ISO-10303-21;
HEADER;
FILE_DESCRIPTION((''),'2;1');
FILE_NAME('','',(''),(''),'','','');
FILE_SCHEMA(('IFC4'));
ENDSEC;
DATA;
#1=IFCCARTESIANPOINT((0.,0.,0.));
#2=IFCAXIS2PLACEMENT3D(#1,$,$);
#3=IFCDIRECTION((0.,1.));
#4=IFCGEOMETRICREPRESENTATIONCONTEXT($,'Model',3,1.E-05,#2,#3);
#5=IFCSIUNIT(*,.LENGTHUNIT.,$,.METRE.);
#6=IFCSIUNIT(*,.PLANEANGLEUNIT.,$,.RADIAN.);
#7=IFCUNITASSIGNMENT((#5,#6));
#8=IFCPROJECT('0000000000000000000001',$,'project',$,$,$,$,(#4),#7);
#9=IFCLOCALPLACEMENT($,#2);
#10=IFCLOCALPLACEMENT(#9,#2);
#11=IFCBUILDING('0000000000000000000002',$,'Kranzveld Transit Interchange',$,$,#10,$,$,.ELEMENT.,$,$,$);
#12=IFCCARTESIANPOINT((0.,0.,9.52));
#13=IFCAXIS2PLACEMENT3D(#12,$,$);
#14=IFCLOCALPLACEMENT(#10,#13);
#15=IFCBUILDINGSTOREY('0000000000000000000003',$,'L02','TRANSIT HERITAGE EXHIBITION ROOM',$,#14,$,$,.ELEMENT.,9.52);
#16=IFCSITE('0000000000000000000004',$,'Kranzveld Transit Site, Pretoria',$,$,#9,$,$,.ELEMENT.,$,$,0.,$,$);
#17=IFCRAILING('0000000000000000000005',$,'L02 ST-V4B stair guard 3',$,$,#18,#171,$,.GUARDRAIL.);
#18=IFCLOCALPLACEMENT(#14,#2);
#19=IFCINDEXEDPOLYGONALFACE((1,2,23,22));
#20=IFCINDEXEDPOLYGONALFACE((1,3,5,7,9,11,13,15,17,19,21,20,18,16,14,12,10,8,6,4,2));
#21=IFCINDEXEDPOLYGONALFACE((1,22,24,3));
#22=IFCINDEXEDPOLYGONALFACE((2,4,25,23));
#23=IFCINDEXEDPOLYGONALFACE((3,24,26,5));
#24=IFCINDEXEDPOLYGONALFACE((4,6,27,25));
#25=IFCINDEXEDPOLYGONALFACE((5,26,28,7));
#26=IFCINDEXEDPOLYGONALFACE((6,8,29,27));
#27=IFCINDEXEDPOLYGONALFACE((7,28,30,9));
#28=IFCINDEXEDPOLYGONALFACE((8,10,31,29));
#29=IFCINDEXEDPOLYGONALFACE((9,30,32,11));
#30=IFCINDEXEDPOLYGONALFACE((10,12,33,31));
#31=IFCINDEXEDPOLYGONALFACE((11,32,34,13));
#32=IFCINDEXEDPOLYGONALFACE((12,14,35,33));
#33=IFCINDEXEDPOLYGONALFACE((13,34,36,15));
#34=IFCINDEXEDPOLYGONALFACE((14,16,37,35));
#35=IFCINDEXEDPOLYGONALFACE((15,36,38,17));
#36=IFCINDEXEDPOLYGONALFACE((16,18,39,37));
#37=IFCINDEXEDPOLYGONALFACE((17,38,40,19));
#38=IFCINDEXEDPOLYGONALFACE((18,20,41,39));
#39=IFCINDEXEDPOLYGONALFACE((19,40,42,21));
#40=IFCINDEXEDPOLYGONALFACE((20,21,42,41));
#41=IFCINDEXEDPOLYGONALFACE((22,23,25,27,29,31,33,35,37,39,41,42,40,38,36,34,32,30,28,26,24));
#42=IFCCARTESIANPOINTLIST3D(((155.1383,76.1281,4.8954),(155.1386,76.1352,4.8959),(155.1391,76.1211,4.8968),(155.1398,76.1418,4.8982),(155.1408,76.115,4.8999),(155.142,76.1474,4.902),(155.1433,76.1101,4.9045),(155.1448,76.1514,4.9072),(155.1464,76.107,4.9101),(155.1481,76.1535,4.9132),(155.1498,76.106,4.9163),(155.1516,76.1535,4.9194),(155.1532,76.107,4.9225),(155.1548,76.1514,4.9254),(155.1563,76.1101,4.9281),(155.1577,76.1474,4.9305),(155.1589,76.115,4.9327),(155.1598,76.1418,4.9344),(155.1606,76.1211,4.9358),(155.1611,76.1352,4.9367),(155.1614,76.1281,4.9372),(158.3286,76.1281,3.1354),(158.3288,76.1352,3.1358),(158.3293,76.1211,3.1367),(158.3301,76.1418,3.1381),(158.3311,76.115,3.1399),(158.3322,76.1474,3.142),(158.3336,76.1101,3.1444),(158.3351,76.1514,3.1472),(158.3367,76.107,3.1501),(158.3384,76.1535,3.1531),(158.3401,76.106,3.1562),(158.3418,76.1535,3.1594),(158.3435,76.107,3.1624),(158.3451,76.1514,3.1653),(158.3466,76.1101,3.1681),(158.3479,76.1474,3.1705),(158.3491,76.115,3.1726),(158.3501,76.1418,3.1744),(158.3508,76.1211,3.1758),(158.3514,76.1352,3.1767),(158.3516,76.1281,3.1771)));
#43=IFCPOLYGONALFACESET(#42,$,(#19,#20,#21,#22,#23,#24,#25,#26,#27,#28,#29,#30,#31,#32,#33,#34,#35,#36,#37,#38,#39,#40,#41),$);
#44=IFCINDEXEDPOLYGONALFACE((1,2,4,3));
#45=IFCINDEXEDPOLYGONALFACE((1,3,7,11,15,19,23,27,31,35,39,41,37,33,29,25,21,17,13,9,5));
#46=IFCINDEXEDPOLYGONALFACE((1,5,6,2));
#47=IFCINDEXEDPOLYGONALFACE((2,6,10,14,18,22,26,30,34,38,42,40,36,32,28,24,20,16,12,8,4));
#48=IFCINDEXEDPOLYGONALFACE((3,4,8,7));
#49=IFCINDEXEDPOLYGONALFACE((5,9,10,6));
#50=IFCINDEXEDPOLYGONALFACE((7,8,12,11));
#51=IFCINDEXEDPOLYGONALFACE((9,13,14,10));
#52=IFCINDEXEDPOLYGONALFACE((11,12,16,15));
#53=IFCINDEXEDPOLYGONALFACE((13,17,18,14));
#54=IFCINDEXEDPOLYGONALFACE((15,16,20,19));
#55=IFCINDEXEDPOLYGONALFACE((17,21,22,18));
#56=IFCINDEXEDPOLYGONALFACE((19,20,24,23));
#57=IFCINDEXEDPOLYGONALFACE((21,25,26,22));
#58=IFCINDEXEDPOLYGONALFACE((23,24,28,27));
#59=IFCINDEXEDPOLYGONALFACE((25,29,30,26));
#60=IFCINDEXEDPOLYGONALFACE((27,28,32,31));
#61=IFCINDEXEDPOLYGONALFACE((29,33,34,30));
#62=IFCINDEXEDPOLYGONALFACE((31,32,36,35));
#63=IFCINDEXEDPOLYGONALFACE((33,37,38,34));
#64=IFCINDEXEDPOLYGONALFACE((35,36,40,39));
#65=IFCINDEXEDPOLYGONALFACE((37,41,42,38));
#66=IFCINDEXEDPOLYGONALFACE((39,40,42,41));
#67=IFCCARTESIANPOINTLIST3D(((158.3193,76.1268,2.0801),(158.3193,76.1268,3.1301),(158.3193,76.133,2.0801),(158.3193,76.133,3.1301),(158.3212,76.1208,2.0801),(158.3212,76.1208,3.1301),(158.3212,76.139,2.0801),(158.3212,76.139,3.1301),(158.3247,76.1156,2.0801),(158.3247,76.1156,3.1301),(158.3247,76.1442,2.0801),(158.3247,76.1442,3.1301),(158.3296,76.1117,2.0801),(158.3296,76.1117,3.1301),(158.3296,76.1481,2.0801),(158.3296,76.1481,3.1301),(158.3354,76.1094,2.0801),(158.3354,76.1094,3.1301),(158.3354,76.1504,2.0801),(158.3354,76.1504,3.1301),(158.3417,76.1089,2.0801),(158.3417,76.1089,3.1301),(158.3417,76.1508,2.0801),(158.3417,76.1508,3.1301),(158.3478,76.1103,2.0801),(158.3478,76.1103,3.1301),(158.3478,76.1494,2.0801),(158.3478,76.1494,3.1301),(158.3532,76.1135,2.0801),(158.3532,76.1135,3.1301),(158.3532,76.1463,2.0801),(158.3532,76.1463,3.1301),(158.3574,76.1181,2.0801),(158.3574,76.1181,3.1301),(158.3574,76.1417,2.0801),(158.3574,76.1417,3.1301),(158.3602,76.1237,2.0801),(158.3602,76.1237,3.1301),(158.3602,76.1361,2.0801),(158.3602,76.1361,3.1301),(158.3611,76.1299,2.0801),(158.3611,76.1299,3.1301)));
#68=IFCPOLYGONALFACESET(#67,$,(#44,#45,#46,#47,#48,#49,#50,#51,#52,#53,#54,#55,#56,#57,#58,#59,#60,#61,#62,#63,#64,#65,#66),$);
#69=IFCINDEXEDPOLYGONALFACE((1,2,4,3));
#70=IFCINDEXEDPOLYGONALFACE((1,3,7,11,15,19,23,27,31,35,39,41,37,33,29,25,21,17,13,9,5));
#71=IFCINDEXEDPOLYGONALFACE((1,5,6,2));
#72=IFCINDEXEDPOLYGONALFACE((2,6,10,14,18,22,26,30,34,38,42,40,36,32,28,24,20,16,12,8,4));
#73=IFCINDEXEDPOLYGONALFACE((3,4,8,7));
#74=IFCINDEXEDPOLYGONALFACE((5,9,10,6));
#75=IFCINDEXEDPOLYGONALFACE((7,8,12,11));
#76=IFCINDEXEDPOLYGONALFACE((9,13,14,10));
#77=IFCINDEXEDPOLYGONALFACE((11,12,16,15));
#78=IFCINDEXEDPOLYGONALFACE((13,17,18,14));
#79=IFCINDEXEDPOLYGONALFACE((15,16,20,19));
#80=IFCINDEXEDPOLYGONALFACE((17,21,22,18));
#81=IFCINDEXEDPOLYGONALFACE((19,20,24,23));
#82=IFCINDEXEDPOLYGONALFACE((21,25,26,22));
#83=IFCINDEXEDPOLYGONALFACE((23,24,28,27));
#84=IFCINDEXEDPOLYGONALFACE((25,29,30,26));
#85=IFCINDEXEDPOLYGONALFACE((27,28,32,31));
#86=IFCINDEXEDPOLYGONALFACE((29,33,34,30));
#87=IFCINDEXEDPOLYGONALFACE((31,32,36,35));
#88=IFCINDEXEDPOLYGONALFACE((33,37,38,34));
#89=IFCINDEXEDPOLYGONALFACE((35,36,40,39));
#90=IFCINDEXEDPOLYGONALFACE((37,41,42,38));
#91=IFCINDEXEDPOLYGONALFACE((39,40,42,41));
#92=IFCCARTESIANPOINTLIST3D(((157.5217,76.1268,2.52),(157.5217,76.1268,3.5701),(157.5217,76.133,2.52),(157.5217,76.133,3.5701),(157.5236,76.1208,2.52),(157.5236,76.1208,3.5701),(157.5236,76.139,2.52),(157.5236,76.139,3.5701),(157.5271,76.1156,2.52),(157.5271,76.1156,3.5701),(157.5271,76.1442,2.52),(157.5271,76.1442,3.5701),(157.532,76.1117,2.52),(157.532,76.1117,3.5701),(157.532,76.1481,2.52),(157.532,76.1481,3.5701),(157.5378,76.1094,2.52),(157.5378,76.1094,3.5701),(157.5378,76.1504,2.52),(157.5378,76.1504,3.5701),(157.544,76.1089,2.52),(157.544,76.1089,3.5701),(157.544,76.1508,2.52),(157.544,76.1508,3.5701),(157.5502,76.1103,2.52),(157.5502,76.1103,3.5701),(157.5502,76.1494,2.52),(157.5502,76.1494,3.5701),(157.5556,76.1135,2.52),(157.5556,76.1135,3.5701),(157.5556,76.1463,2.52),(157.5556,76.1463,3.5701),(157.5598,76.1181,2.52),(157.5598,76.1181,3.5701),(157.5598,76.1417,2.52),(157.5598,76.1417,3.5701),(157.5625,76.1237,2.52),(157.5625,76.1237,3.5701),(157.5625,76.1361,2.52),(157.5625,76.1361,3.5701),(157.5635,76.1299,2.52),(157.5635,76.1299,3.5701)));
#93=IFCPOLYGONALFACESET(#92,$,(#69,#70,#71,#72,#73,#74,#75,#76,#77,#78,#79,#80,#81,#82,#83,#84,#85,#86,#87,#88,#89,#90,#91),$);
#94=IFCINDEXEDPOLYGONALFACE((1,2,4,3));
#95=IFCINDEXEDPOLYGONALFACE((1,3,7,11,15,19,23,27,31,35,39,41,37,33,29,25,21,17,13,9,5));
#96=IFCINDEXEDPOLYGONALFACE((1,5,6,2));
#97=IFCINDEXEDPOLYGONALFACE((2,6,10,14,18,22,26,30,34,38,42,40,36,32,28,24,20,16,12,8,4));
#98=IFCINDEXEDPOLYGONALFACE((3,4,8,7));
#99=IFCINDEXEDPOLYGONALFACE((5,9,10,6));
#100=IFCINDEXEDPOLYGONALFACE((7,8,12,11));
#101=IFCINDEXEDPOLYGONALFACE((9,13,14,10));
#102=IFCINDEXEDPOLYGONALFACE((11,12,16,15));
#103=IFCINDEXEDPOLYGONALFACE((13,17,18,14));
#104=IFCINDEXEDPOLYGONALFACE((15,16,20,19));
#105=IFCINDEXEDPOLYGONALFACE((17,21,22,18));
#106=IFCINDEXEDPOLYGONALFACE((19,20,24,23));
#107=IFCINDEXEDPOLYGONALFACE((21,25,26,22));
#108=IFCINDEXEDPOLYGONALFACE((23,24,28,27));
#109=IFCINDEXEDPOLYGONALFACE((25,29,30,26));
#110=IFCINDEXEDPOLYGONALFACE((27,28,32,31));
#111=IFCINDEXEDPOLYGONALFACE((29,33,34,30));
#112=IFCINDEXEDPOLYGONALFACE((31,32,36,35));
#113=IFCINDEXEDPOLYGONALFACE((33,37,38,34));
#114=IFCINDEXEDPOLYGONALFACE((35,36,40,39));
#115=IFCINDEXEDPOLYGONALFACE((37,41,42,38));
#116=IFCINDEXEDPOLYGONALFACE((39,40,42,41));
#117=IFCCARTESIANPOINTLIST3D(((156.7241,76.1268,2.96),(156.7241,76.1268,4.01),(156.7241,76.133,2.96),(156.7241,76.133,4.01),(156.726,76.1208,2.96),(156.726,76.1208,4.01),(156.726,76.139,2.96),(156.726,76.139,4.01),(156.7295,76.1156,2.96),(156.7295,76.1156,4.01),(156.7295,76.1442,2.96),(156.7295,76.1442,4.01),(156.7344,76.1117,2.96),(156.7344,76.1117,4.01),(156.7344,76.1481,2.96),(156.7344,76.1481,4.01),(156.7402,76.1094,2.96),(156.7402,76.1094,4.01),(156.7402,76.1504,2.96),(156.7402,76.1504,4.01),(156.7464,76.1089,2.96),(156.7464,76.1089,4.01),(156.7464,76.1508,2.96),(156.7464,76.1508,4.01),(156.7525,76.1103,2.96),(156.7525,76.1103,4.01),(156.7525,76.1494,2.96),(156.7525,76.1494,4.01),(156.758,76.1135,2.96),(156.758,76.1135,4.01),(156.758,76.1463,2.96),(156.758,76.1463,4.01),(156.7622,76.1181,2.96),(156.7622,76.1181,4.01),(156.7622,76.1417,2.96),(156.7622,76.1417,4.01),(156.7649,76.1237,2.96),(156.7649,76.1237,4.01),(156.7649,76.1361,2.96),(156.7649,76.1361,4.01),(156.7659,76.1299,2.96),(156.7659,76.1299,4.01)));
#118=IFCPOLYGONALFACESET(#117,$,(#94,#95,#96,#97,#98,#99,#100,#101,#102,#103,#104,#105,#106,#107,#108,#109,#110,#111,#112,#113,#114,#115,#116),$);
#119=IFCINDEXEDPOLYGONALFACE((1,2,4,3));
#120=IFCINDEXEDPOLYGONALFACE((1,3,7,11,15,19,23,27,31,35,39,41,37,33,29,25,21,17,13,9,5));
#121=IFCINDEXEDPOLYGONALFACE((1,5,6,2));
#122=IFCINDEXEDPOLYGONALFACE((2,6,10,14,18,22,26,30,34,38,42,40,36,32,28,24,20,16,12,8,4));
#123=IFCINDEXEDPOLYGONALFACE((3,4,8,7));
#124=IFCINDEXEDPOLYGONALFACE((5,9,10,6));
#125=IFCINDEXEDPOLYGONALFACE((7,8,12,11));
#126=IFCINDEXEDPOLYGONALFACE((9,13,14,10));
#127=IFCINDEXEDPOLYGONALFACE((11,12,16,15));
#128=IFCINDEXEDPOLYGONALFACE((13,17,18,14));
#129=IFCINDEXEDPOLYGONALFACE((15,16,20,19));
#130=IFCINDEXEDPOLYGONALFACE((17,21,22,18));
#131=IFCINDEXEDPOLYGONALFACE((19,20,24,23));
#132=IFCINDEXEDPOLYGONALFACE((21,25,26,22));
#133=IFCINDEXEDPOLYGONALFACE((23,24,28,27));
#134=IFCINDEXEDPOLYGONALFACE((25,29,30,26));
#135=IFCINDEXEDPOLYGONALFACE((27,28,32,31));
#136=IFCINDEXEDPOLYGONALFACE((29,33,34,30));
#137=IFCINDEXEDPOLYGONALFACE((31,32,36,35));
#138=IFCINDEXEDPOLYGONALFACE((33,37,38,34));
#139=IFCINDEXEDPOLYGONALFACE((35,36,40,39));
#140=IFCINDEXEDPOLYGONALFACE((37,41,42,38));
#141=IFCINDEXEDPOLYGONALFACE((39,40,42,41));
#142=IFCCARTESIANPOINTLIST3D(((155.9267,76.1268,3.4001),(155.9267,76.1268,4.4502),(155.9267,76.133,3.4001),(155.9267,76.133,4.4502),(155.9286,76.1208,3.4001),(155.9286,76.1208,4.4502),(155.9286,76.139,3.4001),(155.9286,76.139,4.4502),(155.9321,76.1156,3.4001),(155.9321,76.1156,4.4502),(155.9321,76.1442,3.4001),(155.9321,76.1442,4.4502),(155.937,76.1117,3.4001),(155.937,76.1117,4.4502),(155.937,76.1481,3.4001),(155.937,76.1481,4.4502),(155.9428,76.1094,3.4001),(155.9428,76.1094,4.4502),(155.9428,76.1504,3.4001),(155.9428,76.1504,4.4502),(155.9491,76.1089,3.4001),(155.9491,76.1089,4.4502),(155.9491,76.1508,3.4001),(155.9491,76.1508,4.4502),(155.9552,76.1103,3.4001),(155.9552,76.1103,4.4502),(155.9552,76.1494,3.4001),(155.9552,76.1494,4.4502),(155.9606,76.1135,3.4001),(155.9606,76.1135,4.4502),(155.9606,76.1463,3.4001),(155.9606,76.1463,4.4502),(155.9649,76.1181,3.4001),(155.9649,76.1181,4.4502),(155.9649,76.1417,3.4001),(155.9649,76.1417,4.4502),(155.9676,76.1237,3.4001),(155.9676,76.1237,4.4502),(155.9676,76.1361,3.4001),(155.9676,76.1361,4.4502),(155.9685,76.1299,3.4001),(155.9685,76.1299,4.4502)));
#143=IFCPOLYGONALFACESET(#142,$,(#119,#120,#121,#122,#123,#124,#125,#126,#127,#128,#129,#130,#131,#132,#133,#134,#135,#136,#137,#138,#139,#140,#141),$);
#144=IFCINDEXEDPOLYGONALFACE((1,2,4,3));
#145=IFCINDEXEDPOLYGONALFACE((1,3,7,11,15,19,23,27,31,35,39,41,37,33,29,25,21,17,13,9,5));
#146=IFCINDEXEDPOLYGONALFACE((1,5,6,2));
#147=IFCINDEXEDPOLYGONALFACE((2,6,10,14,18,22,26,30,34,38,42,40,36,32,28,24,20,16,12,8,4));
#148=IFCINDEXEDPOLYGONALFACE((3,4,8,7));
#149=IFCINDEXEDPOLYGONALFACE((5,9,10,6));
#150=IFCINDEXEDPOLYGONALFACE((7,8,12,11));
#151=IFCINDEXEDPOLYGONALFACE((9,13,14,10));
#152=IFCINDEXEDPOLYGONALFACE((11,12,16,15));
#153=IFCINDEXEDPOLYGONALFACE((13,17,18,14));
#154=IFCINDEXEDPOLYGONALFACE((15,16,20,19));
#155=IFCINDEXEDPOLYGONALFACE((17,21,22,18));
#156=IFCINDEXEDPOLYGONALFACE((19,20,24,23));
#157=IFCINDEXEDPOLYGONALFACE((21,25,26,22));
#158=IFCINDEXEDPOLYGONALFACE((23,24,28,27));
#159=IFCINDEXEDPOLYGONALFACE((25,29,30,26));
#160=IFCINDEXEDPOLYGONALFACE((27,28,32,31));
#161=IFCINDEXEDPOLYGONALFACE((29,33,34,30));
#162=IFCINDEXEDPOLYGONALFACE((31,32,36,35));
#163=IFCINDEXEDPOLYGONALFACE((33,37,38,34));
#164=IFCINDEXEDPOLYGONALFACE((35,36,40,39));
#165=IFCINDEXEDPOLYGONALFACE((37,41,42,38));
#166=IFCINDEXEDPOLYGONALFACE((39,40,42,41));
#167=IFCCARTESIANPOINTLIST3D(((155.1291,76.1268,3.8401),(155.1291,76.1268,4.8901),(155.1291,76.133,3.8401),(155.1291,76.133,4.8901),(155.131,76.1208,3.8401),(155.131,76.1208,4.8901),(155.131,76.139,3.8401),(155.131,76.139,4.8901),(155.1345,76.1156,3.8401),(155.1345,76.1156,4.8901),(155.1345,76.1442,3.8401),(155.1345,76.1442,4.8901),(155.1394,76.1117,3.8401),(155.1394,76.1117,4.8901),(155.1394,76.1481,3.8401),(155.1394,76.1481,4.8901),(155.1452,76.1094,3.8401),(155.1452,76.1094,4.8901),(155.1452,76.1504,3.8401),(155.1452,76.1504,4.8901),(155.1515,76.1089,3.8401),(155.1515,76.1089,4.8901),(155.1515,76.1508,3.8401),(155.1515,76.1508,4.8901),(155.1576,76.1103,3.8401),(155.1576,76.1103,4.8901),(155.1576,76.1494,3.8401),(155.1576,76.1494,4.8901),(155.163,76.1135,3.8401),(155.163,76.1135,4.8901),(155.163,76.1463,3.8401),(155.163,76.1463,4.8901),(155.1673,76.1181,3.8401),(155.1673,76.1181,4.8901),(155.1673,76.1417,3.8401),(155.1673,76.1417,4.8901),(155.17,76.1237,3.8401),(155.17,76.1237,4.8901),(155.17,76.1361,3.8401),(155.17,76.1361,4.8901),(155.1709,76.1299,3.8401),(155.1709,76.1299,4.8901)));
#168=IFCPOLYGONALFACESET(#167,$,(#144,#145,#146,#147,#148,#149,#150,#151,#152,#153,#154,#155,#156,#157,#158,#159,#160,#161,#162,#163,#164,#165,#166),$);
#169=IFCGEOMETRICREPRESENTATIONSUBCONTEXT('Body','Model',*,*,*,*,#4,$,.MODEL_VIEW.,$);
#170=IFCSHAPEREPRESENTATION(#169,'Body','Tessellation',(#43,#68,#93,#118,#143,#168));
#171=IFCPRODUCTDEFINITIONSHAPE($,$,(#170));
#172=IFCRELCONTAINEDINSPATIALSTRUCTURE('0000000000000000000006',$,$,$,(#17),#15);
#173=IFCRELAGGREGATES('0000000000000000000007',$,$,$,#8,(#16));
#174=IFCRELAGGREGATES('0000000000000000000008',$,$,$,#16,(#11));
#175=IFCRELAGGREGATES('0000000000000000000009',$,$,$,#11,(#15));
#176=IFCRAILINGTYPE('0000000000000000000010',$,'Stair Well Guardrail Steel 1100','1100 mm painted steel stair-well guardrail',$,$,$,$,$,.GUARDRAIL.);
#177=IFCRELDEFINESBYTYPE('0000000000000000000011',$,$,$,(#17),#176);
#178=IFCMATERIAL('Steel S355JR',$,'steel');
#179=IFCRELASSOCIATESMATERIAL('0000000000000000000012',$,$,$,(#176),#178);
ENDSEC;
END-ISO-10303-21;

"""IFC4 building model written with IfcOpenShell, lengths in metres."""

from ifc_helpers import new_model, si_unit, direction, frame, origin, origin_2d, place, context, subcontext, project, spatial, circle, extrude, material, type_object, element, save


model = new_model("IFC4")

# Units and contexts
model_context = context("Model", 3, precision=1e-05, world=origin(), true_north=direction((0.0, 1.0)))
body_context = subcontext(model_context, "Body", "Model", "MODEL_VIEW")
ifc_project = project(units=[si_unit("LENGTHUNIT", "METRE"), si_unit("PLANEANGLEUNIT", "RADIAN")], contexts=[model_context])

# Site, building, storey
site_placement = place(None, origin())
site = spatial("IfcSite", under=ifc_project, at=site_placement, Name="Kranzveld Transit Site, Pretoria", CompositionType="ELEMENT", RefElevation=0.0)
building_placement = place(site_placement, origin())
building = spatial("IfcBuilding", under=site, at=building_placement, Name="Kranzveld Transit Interchange", CompositionType="ELEMENT")
storey_placement = place(building_placement, frame((0.0, 0.0, 9.52)))
storey = spatial("IfcBuildingStorey", under=building, at=storey_placement, Name="L02", Description="TRANSIT HERITAGE EXHIBITION ROOM", CompositionType="ELEMENT", Elevation=9.52)

# Railing
ifc_material_1 = material(Name="Steel S355JR", Category="steel")
railing_type_1 = type_object("IfcRailingType", Name="Stair Well Guardrail Steel 1100", Description="1100 mm painted steel stair-well guardrail", PredefinedType="GUARDRAIL", material=ifc_material_1)
railing_1_placement = place(storey_placement, frame((158.3401, 76.1299, 2.0801)))
element("IfcRailing", 1, at=railing_1_placement, inside=storey, type_object=railing_type_1, Name="L02 ST-V4B stair guard 3", PredefinedType="GUARDRAIL", context=body_context, shape_type="SweptSolid", body=[
    extrude(circle(Radius=0.0239, at=origin_2d()), frame((0.0, 0.0, 1.0762), z_axis=(-0.875588, 0.0, 0.483058), x_axis=(0.0, -1.0, 0.0)), (0.0, 0.0, 1.0), 3.6436),
    extrude(circle(Radius=0.021, at=origin_2d()), origin(), (0.0, 0.0, 1.0), 1.05),
    extrude(circle(Radius=0.021, at=origin_2d()), frame((-0.7976, 0.0, 0.4399)), (0.0, 0.0, 1.0), 1.05),
    extrude(circle(Radius=0.021, at=origin_2d()), frame((-1.5952, 0.0, 0.8799)), (0.0, 0.0, 1.0), 1.05),
    extrude(circle(Radius=0.021, at=origin_2d()), frame((-2.3926, 0.0, 1.3201)), (0.0, 0.0, 1.0), 1.05),
    extrude(circle(Radius=0.021, at=origin_2d()), frame((-3.1902, 0.0, 1.76)), (0.0, 0.0, 1.0), 1.05),
])

save(model, "model.ifc")
